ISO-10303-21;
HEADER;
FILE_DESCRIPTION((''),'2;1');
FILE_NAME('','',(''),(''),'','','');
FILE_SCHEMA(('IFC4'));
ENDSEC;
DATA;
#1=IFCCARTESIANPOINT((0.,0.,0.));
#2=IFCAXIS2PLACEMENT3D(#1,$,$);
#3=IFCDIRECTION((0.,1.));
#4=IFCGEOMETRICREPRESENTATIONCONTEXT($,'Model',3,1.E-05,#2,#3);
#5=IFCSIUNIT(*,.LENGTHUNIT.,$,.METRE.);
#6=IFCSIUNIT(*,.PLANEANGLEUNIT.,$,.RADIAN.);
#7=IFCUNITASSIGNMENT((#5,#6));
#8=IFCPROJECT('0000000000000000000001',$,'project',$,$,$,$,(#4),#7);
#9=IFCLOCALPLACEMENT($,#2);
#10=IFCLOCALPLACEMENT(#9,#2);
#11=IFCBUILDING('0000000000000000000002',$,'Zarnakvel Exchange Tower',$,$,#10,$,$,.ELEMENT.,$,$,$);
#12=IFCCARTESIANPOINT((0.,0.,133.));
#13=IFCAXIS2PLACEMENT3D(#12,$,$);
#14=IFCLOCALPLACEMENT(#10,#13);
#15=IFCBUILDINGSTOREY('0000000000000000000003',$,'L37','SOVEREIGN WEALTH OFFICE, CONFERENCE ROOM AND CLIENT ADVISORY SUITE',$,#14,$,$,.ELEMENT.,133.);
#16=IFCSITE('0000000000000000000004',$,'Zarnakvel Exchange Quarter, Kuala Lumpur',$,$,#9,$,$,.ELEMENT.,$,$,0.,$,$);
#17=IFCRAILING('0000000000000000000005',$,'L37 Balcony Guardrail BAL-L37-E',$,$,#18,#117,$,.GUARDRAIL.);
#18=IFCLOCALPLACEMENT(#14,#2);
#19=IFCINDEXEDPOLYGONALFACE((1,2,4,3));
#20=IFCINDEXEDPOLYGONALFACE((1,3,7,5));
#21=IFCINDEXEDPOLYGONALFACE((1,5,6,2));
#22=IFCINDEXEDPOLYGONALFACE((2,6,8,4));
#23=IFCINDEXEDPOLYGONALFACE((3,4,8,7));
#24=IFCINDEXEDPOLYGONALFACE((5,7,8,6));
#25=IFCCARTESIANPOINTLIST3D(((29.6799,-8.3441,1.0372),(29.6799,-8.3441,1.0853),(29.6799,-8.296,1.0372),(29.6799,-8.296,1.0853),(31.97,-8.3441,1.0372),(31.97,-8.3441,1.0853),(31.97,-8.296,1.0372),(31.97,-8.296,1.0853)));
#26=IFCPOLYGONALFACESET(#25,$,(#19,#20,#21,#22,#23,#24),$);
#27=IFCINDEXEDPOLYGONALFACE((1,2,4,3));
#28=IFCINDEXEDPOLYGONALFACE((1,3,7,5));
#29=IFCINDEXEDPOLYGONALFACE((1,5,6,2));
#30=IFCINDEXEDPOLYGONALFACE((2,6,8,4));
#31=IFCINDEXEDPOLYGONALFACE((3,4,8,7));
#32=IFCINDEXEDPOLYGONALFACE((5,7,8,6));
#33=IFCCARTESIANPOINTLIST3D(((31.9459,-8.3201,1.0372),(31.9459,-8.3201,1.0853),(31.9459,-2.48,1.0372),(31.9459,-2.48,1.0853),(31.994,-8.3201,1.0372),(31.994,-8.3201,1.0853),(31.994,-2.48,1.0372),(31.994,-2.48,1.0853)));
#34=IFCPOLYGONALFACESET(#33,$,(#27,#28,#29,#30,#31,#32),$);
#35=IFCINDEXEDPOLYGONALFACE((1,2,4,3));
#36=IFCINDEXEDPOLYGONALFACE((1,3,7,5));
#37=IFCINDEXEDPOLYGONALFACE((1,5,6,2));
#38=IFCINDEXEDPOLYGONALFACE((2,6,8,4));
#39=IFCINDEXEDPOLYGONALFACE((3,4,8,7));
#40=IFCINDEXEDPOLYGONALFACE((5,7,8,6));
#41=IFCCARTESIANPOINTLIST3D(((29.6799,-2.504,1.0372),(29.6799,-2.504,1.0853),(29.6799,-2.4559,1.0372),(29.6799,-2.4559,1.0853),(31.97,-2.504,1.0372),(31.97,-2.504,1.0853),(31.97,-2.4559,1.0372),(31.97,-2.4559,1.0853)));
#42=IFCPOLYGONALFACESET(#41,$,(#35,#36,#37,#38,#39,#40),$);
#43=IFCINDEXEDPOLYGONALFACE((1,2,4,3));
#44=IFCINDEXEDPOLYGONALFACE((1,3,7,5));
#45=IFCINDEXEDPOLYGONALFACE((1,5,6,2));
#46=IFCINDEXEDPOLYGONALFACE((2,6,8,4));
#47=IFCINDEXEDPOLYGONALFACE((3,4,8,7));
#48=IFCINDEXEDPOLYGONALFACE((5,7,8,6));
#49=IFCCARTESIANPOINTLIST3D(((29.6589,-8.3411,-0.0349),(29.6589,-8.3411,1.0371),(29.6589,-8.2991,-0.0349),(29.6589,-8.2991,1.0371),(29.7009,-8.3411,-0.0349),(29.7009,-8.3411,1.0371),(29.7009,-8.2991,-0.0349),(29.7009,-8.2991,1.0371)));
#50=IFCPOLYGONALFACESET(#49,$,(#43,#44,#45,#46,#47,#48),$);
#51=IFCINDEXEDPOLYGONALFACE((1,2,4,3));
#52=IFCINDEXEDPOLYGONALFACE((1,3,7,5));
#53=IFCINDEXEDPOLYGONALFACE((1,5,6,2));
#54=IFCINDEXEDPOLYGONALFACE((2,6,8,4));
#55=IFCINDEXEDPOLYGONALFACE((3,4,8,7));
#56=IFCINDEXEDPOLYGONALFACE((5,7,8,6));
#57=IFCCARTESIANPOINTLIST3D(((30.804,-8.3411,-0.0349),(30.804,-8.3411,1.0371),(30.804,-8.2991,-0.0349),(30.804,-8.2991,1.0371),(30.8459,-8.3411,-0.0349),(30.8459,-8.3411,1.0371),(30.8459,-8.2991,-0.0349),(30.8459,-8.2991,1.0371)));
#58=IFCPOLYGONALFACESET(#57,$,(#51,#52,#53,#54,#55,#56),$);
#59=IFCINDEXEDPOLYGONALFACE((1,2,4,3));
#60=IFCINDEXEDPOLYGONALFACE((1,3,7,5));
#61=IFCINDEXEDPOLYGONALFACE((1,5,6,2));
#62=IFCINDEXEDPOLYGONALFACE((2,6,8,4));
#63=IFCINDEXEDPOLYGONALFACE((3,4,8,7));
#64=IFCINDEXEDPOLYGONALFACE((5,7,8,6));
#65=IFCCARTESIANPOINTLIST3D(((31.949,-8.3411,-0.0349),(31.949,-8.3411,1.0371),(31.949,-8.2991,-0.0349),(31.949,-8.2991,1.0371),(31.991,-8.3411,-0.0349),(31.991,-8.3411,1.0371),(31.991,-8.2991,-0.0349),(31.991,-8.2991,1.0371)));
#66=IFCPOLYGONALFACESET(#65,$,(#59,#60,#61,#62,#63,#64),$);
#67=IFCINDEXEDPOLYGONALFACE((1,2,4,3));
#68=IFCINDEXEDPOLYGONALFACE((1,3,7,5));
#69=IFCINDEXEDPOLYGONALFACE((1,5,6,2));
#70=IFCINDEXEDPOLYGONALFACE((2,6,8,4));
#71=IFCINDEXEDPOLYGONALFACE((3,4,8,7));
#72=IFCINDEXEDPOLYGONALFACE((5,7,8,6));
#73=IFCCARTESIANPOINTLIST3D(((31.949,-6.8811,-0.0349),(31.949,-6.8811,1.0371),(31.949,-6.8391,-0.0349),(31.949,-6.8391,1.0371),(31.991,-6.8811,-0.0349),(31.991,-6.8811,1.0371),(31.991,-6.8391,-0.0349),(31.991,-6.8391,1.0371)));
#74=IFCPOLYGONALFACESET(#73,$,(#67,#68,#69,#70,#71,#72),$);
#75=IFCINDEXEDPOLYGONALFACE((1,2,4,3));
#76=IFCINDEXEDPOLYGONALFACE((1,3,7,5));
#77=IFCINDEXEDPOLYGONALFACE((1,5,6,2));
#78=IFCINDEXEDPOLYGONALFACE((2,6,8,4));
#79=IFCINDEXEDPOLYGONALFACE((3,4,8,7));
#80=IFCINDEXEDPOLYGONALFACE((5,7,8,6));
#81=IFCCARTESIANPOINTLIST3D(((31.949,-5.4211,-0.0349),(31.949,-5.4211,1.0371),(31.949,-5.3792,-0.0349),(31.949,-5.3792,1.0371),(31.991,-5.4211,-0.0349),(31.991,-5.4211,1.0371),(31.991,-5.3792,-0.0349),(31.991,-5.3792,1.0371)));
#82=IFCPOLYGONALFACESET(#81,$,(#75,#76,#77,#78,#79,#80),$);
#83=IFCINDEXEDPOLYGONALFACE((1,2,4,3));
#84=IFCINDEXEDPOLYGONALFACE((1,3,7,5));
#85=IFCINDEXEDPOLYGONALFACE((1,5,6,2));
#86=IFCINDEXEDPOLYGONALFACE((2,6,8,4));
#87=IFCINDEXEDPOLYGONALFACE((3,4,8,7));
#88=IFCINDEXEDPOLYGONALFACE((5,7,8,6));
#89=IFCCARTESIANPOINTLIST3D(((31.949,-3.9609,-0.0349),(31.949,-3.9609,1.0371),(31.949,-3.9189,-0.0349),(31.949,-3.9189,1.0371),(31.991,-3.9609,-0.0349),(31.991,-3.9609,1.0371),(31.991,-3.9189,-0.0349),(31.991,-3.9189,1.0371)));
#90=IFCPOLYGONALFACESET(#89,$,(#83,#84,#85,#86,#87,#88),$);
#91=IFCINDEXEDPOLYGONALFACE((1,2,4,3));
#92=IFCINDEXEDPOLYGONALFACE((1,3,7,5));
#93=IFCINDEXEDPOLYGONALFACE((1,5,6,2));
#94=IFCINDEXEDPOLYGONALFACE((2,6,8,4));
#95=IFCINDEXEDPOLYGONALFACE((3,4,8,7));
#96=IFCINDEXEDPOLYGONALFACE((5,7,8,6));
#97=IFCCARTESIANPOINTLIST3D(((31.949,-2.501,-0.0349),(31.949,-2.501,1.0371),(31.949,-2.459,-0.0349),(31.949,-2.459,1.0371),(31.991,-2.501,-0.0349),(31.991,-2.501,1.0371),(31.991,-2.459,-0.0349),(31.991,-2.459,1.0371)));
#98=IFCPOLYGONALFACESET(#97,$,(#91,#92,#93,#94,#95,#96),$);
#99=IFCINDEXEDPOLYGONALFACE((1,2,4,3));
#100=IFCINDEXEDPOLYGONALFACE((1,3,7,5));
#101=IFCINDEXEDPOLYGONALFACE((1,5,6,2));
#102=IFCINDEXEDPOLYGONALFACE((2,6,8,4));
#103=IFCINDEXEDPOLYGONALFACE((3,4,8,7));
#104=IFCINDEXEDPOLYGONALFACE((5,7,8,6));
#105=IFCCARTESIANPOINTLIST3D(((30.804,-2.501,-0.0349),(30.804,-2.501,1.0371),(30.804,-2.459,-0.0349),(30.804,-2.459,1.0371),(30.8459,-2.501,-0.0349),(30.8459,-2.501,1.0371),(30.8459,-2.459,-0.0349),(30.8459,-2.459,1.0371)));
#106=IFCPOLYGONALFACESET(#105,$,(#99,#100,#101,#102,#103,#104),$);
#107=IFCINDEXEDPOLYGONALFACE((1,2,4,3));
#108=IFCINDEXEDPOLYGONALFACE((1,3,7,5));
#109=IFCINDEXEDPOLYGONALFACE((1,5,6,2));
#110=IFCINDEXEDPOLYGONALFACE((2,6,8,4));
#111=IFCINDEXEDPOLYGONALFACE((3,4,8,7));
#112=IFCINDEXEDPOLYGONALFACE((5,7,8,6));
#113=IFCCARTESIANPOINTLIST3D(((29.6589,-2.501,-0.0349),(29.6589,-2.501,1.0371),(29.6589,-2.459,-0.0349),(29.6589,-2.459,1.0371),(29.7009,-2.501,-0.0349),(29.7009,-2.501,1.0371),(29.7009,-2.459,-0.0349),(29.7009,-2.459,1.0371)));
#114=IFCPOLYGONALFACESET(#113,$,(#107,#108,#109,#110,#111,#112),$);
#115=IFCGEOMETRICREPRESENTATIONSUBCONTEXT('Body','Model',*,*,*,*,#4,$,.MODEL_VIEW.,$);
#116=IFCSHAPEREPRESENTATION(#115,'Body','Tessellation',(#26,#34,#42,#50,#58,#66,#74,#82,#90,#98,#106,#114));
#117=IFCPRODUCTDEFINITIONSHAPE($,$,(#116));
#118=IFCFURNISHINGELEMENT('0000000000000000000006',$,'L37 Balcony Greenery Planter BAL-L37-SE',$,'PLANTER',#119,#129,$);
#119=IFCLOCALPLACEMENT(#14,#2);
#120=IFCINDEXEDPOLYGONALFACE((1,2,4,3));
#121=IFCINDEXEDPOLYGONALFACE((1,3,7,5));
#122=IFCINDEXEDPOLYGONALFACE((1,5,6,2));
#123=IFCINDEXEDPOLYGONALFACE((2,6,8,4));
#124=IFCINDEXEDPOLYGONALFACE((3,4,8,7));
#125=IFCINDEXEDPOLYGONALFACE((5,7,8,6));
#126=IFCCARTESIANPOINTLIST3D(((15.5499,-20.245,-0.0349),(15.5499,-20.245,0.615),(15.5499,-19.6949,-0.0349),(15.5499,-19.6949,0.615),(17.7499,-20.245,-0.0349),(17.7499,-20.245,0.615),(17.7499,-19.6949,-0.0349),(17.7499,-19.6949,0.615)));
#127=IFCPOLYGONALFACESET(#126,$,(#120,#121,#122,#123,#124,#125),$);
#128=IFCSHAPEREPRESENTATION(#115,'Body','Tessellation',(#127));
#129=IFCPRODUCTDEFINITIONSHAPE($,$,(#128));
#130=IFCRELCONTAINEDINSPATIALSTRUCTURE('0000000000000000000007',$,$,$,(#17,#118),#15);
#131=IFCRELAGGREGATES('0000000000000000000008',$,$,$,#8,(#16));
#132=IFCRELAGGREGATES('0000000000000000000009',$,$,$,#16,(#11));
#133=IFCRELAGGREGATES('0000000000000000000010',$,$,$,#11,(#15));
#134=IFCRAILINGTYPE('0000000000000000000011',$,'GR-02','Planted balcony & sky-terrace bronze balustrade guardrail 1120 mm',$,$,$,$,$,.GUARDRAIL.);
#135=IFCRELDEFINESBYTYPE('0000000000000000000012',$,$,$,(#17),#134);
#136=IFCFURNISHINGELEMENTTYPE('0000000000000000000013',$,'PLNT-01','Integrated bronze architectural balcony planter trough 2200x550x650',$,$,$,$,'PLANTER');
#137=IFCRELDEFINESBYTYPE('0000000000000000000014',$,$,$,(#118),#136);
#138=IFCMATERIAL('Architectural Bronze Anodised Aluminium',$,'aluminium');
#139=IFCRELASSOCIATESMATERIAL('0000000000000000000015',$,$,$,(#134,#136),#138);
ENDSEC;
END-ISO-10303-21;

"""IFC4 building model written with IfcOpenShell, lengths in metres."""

from ifc_helpers import new_model, si_unit, direction, frame, origin, origin_2d, place, context, subcontext, project, spatial, rectangle, extrude, source, transform, mapped, material, type_object, element, save


model = new_model("IFC4")

# Units and contexts
model_context = context("Model", 3, precision=1e-05, world=origin(), true_north=direction((0.0, 1.0)))
body_context = subcontext(model_context, "Body", "Model", "MODEL_VIEW")
ifc_project = project(units=[si_unit("LENGTHUNIT", "METRE"), si_unit("PLANEANGLEUNIT", "RADIAN")], contexts=[model_context])

# Site, building, storey
site_placement = place(None, origin())
site = spatial("IfcSite", under=ifc_project, at=site_placement, Name="Zarnakvel Exchange Quarter, Kuala Lumpur", CompositionType="ELEMENT", RefElevation=0.0)
building_placement = place(site_placement, origin())
building = spatial("IfcBuilding", under=site, at=building_placement, Name="Zarnakvel Exchange Tower", CompositionType="ELEMENT")
storey_placement = place(building_placement, frame((0.0, 0.0, 133.0)))
storey = spatial("IfcBuildingStorey", under=building, at=storey_placement, Name="L37", Description="SOVEREIGN WEALTH OFFICE, CONFERENCE ROOM AND CLIENT ADVISORY SUITE", CompositionType="ELEMENT", Elevation=133.0)

# Shared definitions
ifc_material_1 = material(Name="Architectural Bronze Anodised Aluminium", Category="aluminium")

# Railing
railing_type = type_object("IfcRailingType", Name="GR-02", Description="Planted balcony & sky-terrace bronze balustrade guardrail 1120 mm", PredefinedType="GUARDRAIL", material=ifc_material_1)
railing_placement = place(storey_placement, frame((29.6799, -8.3201, -0.0349)))
element("IfcRailing", 1, at=railing_placement, inside=storey, type_object=railing_type, Name="L37 Balcony Guardrail BAL-L37-E", PredefinedType="GUARDRAIL", context=body_context, shape_type="SweptSolid", body=[
    extrude(rectangle(XDim=0.0481, YDim=0.0481, at=origin_2d()), frame((0.0, 0.0, 1.0962), z_axis=(1.0, 0.0, 0.0), x_axis=(0.0, 1.0, 0.0)), (0.0, 0.0, 1.0), 2.29),
    extrude(rectangle(XDim=0.0481, YDim=0.0481, at=origin_2d()), frame((2.29, 0.0, 1.0962), z_axis=(0.0, 1.0, 0.0), x_axis=(-1.0, 0.0, 0.0)), (0.0, 0.0, 1.0), 5.8401),
    extrude(rectangle(XDim=0.0481, YDim=0.0481, at=origin_2d()), frame((2.29, 5.8401, 1.0962), z_axis=(-1.0, 0.0, 0.0), x_axis=(0.0, -1.0, 0.0)), (0.0, 0.0, 1.0), 2.29),
    extrude(rectangle(XDim=0.042, YDim=0.042, at=origin_2d()), origin(), (0.0, 0.0, 1.0), 1.072),
    extrude(rectangle(XDim=0.042, YDim=0.042, at=origin_2d()), frame((1.145, 0.0, 0.0)), (0.0, 0.0, 1.0), 1.072),
    extrude(rectangle(XDim=0.042, YDim=0.042, at=origin_2d()), frame((2.29, 0.0, 0.0)), (0.0, 0.0, 1.0), 1.072),
    extrude(rectangle(XDim=0.042, YDim=0.042, at=origin_2d()), frame((2.29, 1.46, 0.0)), (0.0, 0.0, 1.0), 1.072),
    extrude(rectangle(XDim=0.042, YDim=0.042, at=origin_2d()), frame((2.29, 2.9199, 0.0)), (0.0, 0.0, 1.0), 1.072),
    extrude(rectangle(XDim=0.042, YDim=0.042, at=origin_2d()), frame((2.29, 4.3801, 0.0)), (0.0, 0.0, 1.0), 1.072),
    extrude(rectangle(XDim=0.042, YDim=0.042, at=origin_2d()), frame((2.29, 5.8401, 0.0)), (0.0, 0.0, 1.0), 1.072),
    extrude(rectangle(XDim=0.042, YDim=0.042, at=origin_2d()), frame((1.145, 5.8401, 0.0)), (0.0, 0.0, 1.0), 1.072),
    extrude(rectangle(XDim=0.042, YDim=0.042, at=origin_2d()), frame((0.0, 5.8401, 0.0)), (0.0, 0.0, 1.0), 1.072),
])

# Furnishing element
furnishing_element_type = type_object("IfcFurnishingElementType", Name="PLNT-01", Description="Integrated bronze architectural balcony planter trough 2200x550x650", ElementType="PLANTER", material=ifc_material_1)
shared_shape_1 = source(origin(), body_context, "Body", "SweptSolid", [
    extrude(rectangle(XDim=2.2, YDim=0.55, at=origin_2d()), origin(), (0.0, 0.0, 1.0), 0.6499),
])
furnishing_placement = place(storey_placement, frame((16.6499, -19.97, -0.0349), z_axis=(0.0, 0.0, 1.0), x_axis=(1.0, 0.0, 0.0)))
element("IfcFurnishingElement", 2, at=furnishing_placement, inside=storey, type_object=furnishing_element_type, Name="L37 Balcony Greenery Planter BAL-L37-SE", ObjectType="PLANTER", context=body_context, shape_type="MappedRepresentation", body=[
    mapped(shared_shape_1, transform((0.0, 0.0, 0.0), x_axis=(1.0, 0.0, 0.0), y_axis=(0.0, 1.0, 0.0), z_axis=(0.0, 0.0, 1.0), scale=1.0)),
])

save(model, "model.ifc")
